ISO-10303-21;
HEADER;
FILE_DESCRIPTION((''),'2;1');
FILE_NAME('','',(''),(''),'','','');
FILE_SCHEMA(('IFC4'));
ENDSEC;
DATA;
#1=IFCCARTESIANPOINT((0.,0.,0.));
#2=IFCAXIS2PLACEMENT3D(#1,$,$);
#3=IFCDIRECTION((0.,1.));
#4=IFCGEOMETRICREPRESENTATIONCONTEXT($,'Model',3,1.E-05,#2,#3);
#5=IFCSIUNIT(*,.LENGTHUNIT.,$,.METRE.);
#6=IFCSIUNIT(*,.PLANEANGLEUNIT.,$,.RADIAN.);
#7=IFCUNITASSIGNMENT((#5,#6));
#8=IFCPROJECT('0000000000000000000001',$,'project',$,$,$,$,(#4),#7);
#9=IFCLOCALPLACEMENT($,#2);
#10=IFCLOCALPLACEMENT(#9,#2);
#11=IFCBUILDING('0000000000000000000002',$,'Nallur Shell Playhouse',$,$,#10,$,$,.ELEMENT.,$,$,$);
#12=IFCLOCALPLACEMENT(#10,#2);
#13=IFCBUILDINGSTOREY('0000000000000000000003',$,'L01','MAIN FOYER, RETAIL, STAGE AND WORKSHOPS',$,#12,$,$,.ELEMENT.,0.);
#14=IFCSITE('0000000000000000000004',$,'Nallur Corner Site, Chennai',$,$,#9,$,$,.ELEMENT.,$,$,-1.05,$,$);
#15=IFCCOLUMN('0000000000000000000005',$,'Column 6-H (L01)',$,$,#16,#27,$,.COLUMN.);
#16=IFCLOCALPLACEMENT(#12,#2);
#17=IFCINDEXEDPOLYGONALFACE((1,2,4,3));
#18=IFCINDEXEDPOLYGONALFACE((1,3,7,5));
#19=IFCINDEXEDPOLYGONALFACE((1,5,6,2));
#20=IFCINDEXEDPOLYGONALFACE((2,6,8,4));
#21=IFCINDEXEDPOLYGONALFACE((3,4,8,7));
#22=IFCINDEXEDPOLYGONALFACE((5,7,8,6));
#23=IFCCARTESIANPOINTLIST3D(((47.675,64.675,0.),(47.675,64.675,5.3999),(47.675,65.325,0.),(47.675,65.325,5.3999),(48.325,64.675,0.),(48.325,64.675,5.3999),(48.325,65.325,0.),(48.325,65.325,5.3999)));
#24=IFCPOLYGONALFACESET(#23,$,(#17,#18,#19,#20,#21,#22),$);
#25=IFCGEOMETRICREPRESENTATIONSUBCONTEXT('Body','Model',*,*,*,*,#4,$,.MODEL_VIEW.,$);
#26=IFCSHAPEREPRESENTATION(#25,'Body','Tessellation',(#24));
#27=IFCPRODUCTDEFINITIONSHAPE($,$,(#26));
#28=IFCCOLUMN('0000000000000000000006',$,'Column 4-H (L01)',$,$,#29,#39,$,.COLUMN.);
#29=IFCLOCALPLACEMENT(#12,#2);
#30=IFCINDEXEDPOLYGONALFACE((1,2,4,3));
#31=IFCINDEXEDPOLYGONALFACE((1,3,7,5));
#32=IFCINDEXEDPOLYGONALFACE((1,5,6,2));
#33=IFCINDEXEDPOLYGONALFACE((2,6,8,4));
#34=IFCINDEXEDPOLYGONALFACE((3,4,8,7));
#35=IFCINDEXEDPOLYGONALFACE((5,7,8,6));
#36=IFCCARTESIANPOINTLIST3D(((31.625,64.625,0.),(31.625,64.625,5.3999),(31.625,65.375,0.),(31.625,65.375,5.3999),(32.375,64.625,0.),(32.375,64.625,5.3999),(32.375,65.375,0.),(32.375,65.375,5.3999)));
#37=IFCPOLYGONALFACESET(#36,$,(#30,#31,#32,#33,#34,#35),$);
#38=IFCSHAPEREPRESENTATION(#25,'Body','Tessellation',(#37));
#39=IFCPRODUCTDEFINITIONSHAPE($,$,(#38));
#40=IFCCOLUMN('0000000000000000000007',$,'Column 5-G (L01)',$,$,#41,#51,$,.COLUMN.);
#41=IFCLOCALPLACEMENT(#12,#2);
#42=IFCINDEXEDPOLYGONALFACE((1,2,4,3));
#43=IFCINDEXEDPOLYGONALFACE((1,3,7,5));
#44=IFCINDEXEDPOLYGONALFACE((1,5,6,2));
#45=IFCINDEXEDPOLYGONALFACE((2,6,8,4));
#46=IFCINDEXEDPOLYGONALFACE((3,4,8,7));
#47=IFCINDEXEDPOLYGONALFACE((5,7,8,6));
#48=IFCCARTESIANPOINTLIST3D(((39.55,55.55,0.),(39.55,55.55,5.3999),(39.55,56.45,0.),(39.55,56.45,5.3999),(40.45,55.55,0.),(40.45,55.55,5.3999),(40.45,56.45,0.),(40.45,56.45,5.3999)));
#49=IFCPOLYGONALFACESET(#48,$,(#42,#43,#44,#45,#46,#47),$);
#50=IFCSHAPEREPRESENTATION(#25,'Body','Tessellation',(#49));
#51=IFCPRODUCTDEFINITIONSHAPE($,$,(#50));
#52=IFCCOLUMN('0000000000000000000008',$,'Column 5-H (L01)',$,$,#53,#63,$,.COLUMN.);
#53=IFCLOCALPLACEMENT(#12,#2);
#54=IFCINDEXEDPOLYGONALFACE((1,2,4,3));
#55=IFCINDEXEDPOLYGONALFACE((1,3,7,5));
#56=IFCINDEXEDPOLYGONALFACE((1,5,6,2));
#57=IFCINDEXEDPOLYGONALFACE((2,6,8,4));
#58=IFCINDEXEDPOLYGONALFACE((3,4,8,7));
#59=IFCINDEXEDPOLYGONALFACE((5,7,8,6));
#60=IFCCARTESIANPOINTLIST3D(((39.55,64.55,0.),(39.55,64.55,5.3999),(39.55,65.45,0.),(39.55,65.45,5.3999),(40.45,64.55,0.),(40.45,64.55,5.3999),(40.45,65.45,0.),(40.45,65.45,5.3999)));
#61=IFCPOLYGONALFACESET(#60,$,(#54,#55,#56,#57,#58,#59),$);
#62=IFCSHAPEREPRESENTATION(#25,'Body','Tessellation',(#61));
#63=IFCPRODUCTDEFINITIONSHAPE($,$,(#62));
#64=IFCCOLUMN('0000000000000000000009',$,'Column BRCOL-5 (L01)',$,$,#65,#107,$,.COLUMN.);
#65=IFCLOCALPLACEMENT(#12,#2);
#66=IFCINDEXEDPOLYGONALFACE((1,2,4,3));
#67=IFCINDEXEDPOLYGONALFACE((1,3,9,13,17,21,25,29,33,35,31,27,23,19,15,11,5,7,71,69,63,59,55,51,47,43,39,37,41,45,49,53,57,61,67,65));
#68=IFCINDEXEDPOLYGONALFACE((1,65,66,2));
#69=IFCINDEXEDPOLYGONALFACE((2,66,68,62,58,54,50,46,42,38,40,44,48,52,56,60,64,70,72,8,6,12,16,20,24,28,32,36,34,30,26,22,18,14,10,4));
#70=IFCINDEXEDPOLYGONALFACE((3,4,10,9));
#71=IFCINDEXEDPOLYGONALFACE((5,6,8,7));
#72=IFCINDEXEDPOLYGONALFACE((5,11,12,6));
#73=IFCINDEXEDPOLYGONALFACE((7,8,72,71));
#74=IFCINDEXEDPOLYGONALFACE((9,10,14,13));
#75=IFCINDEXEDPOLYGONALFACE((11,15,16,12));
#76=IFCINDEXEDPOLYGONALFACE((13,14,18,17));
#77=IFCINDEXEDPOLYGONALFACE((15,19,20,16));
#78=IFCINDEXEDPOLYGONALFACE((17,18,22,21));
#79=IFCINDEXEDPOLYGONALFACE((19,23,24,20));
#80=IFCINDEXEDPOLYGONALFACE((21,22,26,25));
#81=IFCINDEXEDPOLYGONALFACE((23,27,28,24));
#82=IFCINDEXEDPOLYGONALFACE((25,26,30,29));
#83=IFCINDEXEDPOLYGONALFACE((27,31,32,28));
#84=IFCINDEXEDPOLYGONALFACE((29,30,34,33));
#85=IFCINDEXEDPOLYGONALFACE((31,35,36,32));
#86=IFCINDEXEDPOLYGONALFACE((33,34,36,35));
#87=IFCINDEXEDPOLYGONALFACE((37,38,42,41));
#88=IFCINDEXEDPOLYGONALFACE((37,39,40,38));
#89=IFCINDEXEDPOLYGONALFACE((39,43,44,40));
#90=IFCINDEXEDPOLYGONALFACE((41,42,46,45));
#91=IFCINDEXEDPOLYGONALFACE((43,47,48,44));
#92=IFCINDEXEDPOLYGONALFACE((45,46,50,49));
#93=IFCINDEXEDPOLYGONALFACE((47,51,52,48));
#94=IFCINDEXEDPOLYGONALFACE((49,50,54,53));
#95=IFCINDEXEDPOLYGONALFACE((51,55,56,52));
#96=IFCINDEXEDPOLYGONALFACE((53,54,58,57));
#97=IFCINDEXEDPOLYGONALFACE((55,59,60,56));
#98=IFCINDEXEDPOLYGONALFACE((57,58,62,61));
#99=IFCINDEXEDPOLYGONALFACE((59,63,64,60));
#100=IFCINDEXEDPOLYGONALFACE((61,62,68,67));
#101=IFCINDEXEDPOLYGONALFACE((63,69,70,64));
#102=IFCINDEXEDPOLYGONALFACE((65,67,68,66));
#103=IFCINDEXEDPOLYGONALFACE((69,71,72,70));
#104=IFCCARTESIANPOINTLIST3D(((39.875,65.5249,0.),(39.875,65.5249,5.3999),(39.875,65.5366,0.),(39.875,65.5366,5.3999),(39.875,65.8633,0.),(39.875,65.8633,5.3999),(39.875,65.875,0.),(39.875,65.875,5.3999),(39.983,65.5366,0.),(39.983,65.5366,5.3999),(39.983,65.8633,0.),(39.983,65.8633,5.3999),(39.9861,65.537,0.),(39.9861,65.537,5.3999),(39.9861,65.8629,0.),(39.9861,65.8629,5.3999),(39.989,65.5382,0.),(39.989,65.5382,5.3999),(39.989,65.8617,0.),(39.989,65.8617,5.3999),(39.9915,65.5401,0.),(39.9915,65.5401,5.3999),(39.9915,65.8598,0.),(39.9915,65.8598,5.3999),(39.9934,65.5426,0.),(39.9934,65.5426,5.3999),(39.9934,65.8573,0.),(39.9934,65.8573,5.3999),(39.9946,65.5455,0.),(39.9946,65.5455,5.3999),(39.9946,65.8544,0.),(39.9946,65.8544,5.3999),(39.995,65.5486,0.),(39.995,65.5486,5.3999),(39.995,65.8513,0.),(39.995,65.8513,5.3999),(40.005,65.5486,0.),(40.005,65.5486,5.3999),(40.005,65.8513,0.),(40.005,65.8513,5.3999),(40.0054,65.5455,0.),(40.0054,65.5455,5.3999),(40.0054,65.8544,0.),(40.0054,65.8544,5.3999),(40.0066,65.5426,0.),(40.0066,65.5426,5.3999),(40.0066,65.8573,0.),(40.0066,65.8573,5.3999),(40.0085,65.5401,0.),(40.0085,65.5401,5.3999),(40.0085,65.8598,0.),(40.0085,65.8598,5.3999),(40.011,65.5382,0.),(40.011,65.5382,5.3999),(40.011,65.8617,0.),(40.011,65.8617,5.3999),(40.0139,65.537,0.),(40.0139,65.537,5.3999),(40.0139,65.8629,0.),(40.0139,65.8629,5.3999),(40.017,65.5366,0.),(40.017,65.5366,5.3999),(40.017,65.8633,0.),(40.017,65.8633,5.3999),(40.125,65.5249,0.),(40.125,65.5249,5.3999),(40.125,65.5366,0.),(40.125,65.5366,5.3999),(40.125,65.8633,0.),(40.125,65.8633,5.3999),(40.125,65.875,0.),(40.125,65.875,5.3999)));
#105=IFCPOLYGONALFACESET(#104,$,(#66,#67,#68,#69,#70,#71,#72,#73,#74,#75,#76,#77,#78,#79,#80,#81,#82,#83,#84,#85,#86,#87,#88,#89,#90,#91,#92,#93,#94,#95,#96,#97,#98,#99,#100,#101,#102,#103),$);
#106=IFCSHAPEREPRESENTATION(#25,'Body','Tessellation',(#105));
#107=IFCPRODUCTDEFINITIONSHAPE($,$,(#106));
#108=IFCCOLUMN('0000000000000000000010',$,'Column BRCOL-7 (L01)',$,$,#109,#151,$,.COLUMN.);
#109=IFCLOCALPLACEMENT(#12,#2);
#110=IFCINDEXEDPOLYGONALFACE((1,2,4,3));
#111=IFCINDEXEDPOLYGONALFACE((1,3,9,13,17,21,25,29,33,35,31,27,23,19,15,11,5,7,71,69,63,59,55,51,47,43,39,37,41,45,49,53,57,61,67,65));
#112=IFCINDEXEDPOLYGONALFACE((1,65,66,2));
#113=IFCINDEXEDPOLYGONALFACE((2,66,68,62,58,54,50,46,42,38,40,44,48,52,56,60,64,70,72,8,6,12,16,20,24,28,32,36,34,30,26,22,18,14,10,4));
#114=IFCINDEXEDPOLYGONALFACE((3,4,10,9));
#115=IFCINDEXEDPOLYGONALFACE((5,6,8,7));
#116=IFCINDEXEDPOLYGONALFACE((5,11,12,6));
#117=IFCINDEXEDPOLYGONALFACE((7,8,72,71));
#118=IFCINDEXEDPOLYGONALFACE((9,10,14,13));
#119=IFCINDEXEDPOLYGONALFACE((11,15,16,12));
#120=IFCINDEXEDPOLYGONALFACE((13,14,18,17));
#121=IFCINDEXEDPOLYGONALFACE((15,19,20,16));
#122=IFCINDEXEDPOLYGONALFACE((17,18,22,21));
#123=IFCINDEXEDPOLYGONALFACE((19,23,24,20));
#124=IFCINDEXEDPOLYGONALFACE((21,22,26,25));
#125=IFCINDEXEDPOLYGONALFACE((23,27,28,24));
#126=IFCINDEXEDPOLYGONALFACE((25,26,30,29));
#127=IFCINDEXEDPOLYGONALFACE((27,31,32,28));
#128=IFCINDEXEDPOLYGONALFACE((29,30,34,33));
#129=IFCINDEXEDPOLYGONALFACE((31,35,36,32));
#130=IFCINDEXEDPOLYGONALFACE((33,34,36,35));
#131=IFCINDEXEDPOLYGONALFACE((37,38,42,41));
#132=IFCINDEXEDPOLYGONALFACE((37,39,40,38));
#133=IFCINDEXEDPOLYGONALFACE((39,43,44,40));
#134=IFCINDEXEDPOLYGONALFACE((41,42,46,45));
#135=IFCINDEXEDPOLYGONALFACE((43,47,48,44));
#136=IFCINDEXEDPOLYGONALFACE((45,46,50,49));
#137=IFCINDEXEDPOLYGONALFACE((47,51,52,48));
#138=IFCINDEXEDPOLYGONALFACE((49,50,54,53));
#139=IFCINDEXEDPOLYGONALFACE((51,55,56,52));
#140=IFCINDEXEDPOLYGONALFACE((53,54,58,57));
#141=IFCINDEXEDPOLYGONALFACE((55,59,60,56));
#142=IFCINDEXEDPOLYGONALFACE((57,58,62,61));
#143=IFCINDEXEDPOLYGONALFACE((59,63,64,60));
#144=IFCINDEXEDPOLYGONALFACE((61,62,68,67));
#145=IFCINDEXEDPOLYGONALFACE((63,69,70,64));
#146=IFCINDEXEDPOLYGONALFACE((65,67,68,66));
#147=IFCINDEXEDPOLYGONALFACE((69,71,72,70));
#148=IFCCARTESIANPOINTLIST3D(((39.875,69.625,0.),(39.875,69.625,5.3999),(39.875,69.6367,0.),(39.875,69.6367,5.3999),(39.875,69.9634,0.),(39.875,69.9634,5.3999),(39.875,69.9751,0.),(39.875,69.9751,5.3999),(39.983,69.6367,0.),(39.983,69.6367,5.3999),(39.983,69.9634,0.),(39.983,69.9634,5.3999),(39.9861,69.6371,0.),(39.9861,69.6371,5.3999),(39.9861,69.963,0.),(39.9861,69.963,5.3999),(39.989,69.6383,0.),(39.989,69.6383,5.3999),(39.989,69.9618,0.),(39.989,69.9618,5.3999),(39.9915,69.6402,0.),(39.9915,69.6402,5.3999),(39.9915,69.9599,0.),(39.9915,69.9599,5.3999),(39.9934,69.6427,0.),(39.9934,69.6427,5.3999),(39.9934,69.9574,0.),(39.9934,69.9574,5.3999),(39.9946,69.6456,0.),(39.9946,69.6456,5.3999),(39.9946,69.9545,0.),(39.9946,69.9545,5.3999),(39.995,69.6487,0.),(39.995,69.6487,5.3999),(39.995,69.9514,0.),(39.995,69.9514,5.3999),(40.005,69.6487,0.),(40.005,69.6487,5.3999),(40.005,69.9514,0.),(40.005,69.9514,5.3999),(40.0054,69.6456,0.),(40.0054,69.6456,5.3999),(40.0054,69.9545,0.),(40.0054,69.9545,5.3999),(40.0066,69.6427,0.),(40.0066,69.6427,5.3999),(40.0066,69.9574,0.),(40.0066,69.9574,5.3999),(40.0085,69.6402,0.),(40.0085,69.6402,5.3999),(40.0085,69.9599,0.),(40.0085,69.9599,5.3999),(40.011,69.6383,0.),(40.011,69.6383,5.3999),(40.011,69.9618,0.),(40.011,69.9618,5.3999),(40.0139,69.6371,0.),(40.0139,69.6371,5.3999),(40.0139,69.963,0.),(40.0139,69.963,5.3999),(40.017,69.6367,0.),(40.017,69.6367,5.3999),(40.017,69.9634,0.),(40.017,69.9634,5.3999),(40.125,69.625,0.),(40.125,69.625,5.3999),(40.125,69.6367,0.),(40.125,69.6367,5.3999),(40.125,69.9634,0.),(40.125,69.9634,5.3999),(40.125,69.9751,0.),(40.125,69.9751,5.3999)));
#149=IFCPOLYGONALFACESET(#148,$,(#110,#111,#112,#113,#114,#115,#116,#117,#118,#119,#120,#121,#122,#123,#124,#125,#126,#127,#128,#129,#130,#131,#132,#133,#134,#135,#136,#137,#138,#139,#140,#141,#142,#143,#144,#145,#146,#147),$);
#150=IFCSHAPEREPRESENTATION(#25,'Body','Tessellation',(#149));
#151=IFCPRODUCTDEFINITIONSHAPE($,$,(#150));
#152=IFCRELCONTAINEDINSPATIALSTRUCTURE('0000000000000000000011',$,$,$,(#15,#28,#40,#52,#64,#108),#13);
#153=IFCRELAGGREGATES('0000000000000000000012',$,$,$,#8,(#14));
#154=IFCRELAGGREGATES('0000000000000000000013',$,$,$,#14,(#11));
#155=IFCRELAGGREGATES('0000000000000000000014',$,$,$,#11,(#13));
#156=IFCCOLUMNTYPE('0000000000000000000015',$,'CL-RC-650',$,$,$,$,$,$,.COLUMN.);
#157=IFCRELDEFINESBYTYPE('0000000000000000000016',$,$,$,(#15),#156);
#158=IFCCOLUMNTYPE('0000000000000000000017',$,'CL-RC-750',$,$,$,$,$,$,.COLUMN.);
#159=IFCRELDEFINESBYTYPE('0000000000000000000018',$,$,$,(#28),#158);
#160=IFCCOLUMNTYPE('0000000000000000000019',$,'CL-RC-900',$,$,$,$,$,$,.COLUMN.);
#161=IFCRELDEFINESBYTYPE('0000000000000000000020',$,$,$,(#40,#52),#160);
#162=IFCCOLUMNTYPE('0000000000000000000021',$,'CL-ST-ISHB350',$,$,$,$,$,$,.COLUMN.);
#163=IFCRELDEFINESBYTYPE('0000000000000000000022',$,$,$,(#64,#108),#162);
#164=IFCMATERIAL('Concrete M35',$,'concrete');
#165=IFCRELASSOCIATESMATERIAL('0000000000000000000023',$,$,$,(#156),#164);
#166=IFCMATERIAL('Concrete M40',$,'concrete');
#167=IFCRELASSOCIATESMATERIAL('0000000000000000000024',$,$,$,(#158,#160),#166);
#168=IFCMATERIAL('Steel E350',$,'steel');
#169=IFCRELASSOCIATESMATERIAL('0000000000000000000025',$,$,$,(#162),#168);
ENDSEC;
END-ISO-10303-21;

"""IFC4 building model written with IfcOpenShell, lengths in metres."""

from ifc_helpers import new_model, si_unit, direction, frame, origin, origin_2d, place, context, subcontext, project, spatial, rectangle, i_section, extrude, material, material_profile, profile_set, type_object, element, save


model = new_model("IFC4")

# Units and contexts
model_context = context("Model", 3, precision=1e-05, world=origin(), true_north=direction((0.0, 1.0)))
body_context = subcontext(model_context, "Body", "Model", "MODEL_VIEW")
ifc_project = project(units=[si_unit("LENGTHUNIT", "METRE"), si_unit("PLANEANGLEUNIT", "RADIAN")], contexts=[model_context])

# Site, building, storey
site_placement = place(None, origin())
site = spatial("IfcSite", under=ifc_project, at=site_placement, Name="Nallur Corner Site, Chennai", CompositionType="ELEMENT", RefElevation=-1.05)
building_placement = place(site_placement, origin())
building = spatial("IfcBuilding", under=site, at=building_placement, Name="Nallur Shell Playhouse", CompositionType="ELEMENT")
storey_placement = place(building_placement, origin())
storey = spatial("IfcBuildingStorey", under=building, at=storey_placement, Name="L01", Description="MAIN FOYER, RETAIL, STAGE AND WORKSHOPS", CompositionType="ELEMENT", Elevation=0.0)

# Columns
ifc_material_1 = material(Name="Concrete M35", Category="concrete")
ifc_material_profile_1 = material_profile(ifc_material_1, rectangle(XDim=0.6499, YDim=0.6499, at=origin_2d()), Name="RC 650x650")
ifc_profile_set_1 = profile_set([ifc_material_profile_1], Name="Concrete M35")
column_type_1 = type_object("IfcColumnType", Name="CL-RC-650", PredefinedType="COLUMN", material=ifc_profile_set_1)
column_1_placement = place(storey_placement, frame((48.0, 65.0, 0.0), z_axis=(0.0, 0.0, 1.0), x_axis=(1.0, 0.0, 0.0)))
element("IfcColumn", 1, at=column_1_placement, inside=storey, type_object=column_type_1, Name="Column 6-H (L01)", PredefinedType="COLUMN", context=body_context, shape_type="SweptSolid", body=[
    extrude(rectangle(XDim=0.6499, YDim=0.6499, at=origin_2d()), origin(), (0.0, 0.0, 1.0), 5.3999),
])
ifc_material_2 = material(Name="Concrete M40", Category="concrete")
ifc_material_profile_2 = material_profile(ifc_material_2, rectangle(XDim=0.75, YDim=0.75, at=origin_2d()), Name="RC 750x750")
ifc_profile_set_2 = profile_set([ifc_material_profile_2], Name="Concrete M40")
column_type_2 = type_object("IfcColumnType", Name="CL-RC-750", PredefinedType="COLUMN", material=ifc_profile_set_2)
column_2_placement = place(storey_placement, frame((32.0, 65.0, 0.0), z_axis=(0.0, 0.0, 1.0), x_axis=(1.0, 0.0, 0.0)))
element("IfcColumn", 2, at=column_2_placement, inside=storey, type_object=column_type_2, Name="Column 4-H (L01)", PredefinedType="COLUMN", context=body_context, shape_type="SweptSolid", body=[
    extrude(rectangle(XDim=0.75, YDim=0.75, at=origin_2d()), origin(), (0.0, 0.0, 1.0), 5.3999),
])
ifc_material_profile_3 = material_profile(ifc_material_2, rectangle(XDim=0.8999, YDim=0.8999, at=origin_2d()), Name="RC 900x900")
ifc_profile_set_3 = profile_set([ifc_material_profile_3], Name="Concrete M40")
column_type_3 = type_object("IfcColumnType", Name="CL-RC-900", PredefinedType="COLUMN", material=ifc_profile_set_3)
for number, where, z_axis, x_axis, name in (
    (3, (40.0, 56.0, 0.0), (0.0, 0.0, 1.0), (1.0, 0.0, 0.0), "Column 5-G (L01)"),
    (4, (40.0, 65.0, 0.0), (0.0, 0.0, 1.0), (1.0, 0.0, 0.0), "Column 5-H (L01)"),
):
    element("IfcColumn", number, at=place(storey_placement, frame(where, z_axis=z_axis, x_axis=x_axis)), inside=storey, type_object=column_type_3, Name=name, PredefinedType="COLUMN", context=body_context, shape_type="SweptSolid", body=[
        extrude(rectangle(XDim=0.8999, YDim=0.8999, at=origin_2d()), origin(), (0.0, 0.0, 1.0), 5.3999),
    ])
ifc_material_3 = material(Name="Steel E350", Category="steel")
ifc_material_profile_4 = material_profile(ifc_material_3, i_section(OverallWidth=0.25, OverallDepth=0.3501, WebThickness=0.01, FlangeThickness=0.0117, FilletRadius=0.012, at=origin_2d()), Name="ISHB 350")
ifc_profile_set_4 = profile_set([ifc_material_profile_4], Name="Steel E350")
column_type_4 = type_object("IfcColumnType", Name="CL-ST-ISHB350", PredefinedType="COLUMN", material=ifc_profile_set_4)
for number, where, z_axis, x_axis, name in (
    (5, (40.0, 65.7, 0.0), (0.0, 0.0, 1.0), (1.0, 0.0, 0.0), "Column BRCOL-5 (L01)"),
    (6, (40.0, 69.8, 0.0), (0.0, 0.0, 1.0), (1.0, 0.0, 0.0), "Column BRCOL-7 (L01)"),
):
    element("IfcColumn", number, at=place(storey_placement, frame(where, z_axis=z_axis, x_axis=x_axis)), inside=storey, type_object=column_type_4, Name=name, PredefinedType="COLUMN", context=body_context, shape_type="SweptSolid", body=[
        extrude(i_section(OverallWidth=0.25, OverallDepth=0.3501, WebThickness=0.01, FlangeThickness=0.0117, FilletRadius=0.012, at=origin_2d()), origin(), (0.0, 0.0, 1.0), 5.3999),
    ])

save(model, "model.ifc")
